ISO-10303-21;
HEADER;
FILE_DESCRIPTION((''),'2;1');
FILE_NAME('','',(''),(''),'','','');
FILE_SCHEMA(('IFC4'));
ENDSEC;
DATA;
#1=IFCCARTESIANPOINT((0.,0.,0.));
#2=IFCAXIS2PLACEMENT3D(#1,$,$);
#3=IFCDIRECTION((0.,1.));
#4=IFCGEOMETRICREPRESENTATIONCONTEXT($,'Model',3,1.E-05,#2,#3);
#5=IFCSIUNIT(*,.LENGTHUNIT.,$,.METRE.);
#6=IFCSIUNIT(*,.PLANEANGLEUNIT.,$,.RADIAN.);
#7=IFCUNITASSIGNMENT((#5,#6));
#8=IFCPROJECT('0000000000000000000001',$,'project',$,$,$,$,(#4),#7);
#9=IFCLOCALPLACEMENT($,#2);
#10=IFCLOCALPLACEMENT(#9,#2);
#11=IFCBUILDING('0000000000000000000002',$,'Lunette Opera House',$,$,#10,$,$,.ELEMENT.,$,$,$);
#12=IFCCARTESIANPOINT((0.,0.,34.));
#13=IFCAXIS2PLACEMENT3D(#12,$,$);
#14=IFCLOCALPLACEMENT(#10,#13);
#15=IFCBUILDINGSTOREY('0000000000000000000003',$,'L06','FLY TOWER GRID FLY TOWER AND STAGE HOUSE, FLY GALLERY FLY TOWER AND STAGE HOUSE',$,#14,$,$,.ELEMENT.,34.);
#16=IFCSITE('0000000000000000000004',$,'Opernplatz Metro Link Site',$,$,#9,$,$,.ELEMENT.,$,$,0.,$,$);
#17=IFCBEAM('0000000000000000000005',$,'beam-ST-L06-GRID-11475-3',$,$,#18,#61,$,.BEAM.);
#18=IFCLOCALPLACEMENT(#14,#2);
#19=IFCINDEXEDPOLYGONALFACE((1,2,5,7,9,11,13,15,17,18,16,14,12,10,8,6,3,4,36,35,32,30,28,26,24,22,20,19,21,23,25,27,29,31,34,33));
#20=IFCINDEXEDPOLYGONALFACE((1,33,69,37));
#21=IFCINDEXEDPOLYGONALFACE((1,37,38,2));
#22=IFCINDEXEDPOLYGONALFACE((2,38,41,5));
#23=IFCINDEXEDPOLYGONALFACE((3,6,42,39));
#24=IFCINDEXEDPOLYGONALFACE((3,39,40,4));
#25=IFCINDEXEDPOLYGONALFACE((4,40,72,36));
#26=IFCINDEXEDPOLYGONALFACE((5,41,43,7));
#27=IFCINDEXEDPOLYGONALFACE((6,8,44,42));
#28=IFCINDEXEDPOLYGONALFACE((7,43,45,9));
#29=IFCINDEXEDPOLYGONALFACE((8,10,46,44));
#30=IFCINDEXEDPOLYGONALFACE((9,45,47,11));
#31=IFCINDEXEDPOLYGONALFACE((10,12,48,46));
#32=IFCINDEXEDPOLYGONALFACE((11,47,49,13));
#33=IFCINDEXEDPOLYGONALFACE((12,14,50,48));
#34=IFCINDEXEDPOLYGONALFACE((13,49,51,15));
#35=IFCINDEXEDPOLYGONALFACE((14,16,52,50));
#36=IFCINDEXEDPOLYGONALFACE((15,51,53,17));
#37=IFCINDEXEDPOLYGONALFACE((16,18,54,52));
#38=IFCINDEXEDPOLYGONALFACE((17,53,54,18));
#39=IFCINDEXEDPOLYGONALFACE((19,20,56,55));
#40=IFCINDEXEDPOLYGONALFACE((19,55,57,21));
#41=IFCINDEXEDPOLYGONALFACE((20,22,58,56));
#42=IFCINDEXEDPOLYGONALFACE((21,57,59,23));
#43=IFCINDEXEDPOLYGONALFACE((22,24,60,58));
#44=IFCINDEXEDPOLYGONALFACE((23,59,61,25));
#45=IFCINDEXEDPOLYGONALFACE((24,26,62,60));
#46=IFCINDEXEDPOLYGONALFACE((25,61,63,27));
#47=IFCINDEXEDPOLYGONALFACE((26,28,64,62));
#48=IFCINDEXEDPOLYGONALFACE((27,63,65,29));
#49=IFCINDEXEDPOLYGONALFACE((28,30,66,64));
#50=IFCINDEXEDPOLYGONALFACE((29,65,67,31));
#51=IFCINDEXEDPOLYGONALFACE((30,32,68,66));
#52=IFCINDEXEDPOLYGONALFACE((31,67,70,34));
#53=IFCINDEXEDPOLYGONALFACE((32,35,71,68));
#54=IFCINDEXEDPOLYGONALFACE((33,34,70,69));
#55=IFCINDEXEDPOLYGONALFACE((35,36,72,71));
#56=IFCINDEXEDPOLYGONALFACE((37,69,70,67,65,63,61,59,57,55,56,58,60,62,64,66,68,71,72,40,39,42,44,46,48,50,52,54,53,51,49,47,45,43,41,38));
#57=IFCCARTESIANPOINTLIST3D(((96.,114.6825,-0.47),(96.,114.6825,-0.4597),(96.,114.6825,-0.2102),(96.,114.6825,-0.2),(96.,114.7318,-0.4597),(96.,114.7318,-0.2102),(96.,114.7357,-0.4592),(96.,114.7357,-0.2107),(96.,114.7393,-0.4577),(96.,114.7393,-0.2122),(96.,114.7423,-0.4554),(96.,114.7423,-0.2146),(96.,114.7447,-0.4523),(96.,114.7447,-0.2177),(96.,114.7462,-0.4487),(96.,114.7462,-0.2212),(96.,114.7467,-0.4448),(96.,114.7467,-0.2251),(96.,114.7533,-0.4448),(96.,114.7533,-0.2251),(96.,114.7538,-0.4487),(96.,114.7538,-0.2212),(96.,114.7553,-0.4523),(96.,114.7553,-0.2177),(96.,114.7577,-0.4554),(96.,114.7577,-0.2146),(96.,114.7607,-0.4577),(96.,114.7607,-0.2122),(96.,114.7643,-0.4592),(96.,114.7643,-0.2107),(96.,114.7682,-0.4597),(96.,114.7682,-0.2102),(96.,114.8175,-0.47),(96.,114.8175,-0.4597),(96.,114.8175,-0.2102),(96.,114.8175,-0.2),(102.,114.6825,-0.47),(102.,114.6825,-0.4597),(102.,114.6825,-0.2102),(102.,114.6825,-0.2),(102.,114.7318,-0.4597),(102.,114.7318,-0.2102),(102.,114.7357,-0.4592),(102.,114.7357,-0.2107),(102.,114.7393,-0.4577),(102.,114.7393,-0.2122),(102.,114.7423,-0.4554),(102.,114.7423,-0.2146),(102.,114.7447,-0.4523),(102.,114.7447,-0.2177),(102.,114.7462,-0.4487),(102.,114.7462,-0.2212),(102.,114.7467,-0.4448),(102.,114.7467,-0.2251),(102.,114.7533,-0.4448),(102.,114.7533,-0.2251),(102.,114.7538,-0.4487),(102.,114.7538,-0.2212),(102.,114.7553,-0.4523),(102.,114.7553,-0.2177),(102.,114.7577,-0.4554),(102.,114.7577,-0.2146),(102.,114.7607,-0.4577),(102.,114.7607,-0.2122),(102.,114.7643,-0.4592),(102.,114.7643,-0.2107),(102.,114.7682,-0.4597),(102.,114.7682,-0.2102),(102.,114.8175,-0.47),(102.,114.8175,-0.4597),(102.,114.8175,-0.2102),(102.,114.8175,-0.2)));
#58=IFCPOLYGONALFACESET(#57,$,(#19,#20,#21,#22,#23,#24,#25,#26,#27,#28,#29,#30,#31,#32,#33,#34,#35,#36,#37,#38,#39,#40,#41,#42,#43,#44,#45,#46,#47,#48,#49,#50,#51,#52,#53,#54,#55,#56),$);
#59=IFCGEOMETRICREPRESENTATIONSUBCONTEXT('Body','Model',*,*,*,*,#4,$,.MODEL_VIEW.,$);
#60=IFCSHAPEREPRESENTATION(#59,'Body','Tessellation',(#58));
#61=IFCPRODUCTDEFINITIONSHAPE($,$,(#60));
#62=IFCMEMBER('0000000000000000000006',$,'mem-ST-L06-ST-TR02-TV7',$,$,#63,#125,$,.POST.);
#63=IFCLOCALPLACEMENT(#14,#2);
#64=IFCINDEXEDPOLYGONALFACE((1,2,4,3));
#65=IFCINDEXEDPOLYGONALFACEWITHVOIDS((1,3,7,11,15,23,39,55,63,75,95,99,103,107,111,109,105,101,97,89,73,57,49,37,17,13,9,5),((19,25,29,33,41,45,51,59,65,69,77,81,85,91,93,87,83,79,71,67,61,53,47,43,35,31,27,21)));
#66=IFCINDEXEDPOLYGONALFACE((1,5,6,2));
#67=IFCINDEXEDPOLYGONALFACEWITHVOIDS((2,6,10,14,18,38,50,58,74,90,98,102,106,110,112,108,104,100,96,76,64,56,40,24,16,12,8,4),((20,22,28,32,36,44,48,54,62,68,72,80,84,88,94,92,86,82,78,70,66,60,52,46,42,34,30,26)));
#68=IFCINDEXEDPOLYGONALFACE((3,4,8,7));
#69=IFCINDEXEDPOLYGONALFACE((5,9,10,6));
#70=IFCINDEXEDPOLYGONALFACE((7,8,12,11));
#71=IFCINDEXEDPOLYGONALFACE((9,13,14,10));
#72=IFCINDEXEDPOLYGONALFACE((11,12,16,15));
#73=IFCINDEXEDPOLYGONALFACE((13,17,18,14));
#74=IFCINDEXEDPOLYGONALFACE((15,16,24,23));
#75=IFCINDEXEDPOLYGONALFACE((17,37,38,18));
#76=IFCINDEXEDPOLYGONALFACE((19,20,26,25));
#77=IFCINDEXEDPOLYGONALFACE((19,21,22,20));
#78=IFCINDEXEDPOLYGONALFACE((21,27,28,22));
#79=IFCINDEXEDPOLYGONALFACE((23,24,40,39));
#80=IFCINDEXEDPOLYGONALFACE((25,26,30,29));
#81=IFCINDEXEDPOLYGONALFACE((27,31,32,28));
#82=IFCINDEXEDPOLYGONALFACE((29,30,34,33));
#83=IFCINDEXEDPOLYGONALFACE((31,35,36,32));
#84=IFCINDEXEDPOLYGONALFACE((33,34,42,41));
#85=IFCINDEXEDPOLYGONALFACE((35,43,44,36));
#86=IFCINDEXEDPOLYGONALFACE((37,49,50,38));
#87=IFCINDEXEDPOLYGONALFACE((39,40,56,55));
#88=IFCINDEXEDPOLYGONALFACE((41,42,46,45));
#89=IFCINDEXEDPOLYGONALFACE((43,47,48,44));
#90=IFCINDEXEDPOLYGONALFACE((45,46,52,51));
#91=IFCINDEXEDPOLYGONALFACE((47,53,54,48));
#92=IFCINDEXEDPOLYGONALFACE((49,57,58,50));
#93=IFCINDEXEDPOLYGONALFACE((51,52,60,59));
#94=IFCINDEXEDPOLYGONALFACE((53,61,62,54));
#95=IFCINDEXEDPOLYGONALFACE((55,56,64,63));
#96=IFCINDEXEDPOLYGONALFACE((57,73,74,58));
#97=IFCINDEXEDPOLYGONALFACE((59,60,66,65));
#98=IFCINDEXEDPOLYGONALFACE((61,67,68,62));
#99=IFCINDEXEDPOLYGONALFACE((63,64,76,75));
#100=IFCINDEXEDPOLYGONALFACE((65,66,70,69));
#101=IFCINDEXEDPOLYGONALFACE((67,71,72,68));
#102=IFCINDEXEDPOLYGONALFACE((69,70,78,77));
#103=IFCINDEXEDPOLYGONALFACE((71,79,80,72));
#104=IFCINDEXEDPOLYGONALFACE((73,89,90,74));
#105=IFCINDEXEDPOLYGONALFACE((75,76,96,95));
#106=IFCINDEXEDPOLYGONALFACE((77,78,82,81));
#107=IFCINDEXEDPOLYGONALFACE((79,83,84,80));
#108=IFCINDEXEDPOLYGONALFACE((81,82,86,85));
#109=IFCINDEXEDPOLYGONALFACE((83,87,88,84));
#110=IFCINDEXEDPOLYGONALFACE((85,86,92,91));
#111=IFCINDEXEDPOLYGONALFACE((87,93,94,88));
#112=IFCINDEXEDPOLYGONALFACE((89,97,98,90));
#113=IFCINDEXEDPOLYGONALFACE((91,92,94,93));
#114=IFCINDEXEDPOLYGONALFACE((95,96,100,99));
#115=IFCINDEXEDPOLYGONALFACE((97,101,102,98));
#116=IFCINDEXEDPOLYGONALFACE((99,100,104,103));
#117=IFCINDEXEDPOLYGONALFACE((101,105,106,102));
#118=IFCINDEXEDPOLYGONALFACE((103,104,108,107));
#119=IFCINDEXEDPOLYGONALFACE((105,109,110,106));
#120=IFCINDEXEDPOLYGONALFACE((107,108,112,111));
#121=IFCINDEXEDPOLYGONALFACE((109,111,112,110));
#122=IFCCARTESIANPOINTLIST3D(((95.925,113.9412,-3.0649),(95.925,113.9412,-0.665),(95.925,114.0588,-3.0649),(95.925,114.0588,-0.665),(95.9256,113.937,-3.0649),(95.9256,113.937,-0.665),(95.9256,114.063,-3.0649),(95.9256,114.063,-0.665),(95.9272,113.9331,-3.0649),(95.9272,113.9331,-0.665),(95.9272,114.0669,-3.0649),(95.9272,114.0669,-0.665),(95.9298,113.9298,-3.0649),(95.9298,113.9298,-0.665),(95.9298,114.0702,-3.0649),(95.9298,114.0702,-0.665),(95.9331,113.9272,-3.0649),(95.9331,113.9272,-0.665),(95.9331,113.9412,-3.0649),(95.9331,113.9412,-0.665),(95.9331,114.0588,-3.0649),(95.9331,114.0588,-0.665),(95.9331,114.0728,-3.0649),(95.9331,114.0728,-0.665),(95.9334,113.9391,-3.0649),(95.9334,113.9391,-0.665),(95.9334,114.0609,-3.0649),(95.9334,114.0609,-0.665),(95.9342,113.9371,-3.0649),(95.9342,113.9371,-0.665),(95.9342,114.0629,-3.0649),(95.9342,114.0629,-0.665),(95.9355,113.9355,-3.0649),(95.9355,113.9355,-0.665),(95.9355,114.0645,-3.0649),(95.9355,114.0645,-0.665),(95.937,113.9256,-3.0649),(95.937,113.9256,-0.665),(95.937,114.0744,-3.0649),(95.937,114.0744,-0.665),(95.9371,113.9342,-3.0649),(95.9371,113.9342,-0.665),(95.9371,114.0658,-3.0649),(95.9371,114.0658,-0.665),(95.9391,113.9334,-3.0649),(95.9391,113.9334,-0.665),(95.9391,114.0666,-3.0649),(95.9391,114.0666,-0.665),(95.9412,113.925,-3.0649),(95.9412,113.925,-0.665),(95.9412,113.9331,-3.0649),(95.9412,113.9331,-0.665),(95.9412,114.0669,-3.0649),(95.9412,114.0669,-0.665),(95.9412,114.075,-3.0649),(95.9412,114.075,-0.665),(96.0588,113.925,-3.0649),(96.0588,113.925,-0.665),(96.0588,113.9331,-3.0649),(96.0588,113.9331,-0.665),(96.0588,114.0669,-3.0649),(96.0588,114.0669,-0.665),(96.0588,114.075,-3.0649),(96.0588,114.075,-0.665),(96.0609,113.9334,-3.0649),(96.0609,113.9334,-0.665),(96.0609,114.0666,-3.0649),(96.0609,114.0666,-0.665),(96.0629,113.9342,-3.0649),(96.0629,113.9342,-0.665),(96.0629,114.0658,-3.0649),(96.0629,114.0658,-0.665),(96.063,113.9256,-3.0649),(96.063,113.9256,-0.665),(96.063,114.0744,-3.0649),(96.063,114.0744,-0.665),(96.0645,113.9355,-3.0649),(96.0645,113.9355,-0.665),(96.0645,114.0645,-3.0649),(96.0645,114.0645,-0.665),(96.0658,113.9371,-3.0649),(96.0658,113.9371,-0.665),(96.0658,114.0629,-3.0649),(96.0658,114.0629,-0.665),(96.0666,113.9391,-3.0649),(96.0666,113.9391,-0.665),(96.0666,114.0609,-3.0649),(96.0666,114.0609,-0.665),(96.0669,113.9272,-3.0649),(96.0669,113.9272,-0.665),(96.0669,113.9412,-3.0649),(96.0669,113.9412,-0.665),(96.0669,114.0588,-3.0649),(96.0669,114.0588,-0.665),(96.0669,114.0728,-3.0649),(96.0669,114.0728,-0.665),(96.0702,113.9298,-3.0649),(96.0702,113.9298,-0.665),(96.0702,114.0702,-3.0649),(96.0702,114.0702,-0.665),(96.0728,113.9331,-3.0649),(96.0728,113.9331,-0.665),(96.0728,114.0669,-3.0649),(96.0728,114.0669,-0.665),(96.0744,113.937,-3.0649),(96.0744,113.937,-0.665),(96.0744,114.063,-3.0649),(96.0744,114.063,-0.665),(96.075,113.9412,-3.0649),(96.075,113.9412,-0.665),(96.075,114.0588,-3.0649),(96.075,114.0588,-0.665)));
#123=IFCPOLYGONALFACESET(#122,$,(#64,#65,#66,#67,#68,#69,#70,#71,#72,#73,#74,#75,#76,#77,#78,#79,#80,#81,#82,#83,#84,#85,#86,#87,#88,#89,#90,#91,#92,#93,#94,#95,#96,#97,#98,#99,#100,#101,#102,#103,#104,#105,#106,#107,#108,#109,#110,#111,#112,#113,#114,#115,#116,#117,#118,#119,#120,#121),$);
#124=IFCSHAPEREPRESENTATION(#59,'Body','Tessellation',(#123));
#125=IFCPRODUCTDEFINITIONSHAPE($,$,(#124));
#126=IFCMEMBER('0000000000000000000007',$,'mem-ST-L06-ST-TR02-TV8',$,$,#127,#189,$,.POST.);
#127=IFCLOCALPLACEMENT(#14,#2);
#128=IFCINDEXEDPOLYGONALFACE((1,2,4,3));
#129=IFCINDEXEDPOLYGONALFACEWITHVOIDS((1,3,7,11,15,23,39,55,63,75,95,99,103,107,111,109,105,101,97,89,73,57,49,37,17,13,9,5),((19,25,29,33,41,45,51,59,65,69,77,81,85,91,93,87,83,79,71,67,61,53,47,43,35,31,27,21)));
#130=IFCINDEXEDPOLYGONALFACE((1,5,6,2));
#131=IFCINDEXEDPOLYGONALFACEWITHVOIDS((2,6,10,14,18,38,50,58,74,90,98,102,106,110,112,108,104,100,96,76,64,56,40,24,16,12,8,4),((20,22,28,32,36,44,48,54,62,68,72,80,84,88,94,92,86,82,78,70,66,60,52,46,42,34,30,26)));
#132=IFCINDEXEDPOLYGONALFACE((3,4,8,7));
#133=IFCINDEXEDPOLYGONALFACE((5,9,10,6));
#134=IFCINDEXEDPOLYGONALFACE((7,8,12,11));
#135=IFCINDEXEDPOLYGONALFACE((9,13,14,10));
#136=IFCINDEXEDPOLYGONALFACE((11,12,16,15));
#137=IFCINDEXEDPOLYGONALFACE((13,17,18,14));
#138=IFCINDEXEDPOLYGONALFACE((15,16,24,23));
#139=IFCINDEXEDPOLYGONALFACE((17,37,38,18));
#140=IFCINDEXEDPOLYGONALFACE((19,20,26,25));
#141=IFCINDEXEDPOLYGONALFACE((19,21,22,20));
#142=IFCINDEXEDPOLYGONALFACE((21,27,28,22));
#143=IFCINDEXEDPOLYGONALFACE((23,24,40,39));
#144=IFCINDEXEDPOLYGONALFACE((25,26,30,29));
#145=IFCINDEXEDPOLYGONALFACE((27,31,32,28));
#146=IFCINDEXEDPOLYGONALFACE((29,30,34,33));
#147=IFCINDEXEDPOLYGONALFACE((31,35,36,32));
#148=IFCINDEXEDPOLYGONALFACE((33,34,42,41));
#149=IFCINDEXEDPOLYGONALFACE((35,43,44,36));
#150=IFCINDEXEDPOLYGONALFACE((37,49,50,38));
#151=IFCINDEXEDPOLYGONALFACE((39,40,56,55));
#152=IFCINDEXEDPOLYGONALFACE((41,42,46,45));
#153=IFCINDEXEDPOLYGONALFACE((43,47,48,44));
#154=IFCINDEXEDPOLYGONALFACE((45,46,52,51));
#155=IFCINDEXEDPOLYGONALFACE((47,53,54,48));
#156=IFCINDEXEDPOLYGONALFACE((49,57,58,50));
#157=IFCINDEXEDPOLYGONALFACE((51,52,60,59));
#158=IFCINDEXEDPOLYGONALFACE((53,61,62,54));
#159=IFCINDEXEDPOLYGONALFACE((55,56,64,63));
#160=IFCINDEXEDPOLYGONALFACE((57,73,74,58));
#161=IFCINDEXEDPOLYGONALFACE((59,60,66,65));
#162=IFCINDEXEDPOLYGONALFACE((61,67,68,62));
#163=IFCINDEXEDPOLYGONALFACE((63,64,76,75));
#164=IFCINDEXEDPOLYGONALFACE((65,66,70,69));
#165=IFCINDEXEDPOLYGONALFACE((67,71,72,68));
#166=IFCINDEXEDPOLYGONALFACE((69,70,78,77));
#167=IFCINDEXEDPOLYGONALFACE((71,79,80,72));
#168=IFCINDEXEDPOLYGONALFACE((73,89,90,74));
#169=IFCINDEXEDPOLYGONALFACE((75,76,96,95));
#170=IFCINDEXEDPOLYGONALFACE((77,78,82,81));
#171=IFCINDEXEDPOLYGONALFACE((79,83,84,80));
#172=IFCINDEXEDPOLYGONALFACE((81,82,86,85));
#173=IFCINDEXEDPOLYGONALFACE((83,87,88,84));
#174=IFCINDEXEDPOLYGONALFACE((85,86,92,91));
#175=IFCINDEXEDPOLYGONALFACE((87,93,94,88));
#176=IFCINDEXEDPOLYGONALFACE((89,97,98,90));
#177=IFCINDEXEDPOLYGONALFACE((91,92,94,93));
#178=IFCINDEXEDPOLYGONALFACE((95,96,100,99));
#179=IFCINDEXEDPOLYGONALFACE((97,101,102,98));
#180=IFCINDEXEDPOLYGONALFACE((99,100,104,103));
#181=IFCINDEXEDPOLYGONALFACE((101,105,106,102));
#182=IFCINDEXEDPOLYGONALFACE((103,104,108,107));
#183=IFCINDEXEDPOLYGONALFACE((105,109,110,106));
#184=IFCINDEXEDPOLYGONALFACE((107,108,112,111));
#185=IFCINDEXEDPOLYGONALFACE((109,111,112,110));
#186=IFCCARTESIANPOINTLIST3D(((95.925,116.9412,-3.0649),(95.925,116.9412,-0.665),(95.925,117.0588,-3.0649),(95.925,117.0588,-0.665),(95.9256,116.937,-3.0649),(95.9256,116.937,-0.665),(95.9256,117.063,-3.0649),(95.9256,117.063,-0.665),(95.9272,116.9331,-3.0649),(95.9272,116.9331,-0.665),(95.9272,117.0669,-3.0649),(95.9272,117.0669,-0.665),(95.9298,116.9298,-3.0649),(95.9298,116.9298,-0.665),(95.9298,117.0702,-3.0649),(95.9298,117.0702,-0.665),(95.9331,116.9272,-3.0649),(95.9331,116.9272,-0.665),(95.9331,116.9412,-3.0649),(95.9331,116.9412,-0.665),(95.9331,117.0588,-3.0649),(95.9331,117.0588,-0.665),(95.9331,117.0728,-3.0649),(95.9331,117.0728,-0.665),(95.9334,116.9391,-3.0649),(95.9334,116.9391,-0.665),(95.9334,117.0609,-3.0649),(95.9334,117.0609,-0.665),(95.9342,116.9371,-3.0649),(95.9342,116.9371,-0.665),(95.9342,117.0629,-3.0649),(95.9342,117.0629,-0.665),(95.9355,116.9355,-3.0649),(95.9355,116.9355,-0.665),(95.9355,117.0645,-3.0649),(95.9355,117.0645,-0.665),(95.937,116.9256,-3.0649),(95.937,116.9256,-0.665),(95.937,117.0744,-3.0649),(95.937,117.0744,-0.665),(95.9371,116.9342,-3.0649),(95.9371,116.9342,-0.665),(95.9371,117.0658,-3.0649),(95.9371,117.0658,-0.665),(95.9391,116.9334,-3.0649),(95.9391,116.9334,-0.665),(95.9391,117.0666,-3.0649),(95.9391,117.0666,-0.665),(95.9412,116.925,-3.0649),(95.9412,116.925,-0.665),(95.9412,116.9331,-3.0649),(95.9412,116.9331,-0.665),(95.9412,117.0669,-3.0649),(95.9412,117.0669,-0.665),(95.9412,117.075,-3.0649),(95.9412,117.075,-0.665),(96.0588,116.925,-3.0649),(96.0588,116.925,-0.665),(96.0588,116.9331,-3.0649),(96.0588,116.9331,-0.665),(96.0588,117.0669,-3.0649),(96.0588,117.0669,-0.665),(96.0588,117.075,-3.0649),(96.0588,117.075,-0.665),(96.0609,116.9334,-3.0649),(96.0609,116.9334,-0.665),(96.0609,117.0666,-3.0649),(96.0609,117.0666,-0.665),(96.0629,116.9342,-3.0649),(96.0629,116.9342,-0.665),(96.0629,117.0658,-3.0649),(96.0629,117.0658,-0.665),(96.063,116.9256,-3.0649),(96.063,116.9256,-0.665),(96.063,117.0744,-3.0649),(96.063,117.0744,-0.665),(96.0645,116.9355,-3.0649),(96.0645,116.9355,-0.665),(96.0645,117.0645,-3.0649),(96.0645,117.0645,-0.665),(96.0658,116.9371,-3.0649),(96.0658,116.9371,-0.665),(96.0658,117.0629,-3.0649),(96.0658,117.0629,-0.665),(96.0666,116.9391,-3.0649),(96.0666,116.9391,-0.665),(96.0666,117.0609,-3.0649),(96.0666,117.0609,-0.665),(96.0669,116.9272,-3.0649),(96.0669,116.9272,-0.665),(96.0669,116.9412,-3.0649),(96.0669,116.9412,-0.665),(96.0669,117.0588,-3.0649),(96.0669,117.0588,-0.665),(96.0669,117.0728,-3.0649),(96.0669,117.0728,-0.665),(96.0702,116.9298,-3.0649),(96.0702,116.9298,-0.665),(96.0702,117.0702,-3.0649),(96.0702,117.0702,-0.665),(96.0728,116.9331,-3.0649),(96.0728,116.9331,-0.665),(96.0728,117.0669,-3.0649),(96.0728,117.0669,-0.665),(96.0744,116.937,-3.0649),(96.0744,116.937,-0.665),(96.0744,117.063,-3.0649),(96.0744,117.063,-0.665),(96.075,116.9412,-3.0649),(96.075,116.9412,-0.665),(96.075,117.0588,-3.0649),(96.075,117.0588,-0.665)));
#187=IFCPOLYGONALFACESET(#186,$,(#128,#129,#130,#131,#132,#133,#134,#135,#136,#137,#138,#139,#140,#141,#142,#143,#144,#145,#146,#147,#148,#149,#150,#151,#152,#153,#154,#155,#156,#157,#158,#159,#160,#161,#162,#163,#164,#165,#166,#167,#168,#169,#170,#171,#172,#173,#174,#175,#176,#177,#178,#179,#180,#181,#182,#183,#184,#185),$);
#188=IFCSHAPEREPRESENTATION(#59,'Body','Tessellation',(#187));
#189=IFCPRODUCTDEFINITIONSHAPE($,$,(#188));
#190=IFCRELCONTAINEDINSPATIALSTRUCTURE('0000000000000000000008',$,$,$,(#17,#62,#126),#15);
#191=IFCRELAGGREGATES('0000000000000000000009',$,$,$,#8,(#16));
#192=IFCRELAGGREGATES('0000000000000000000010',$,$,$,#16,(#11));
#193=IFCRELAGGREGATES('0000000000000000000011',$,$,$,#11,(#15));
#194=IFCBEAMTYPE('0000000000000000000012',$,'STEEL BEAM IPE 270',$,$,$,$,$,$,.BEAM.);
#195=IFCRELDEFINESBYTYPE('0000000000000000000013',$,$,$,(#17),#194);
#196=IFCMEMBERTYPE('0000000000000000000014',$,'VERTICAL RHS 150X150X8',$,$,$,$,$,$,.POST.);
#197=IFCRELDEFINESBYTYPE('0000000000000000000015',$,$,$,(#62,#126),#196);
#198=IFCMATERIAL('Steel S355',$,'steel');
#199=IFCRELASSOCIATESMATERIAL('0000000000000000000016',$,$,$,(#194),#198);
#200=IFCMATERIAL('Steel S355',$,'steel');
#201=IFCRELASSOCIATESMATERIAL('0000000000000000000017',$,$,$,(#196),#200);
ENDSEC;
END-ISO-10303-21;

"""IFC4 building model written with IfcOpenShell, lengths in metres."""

from ifc_helpers import new_model, si_unit, direction, frame, origin, origin_2d, place, context, subcontext, project, spatial, hollow_rectangle, i_section, extrude, material, material_profile, profile_set, type_object, element, save


model = new_model("IFC4")

# Units and contexts
model_context = context("Model", 3, precision=1e-05, world=origin(), true_north=direction((0.0, 1.0)))
body_context = subcontext(model_context, "Body", "Model", "MODEL_VIEW")
ifc_project = project(units=[si_unit("LENGTHUNIT", "METRE"), si_unit("PLANEANGLEUNIT", "RADIAN")], contexts=[model_context])

# Site, building, storey
site_placement = place(None, origin())
site = spatial("IfcSite", under=ifc_project, at=site_placement, Name="Opernplatz Metro Link Site", CompositionType="ELEMENT", RefElevation=0.0)
building_placement = place(site_placement, origin())
building = spatial("IfcBuilding", under=site, at=building_placement, Name="Lunette Opera House", CompositionType="ELEMENT")
storey_placement = place(building_placement, frame((0.0, 0.0, 34.0)))
storey = spatial("IfcBuildingStorey", under=building, at=storey_placement, Name="L06", Description="FLY TOWER GRID FLY TOWER AND STAGE HOUSE, FLY GALLERY FLY TOWER AND STAGE HOUSE", CompositionType="ELEMENT", Elevation=34.0)

# Beam
ifc_material_1 = material(Name="Steel S355", Category="steel")
ifc_material_profile_1 = material_profile(ifc_material_1, i_section(OverallWidth=0.135, OverallDepth=0.27, WebThickness=0.0066, FlangeThickness=0.0103, FilletRadius=0.0149, at=origin_2d()), Name="IPE 270")
ifc_profile_set_1 = profile_set([ifc_material_profile_1], Name="Steel S355")
beam_type = type_object("IfcBeamType", Name="STEEL BEAM IPE 270", PredefinedType="BEAM", material=ifc_profile_set_1)
for number, where, z_axis, x_axis, name in (
    (1, (96.0, 114.75, -0.335), (1.0, 0.0, 0.0), (0.0, 1.0, 0.0), "beam-ST-L06-GRID-11475-3"),
):
    element("IfcBeam", number, at=place(storey_placement, frame(where, z_axis=z_axis, x_axis=x_axis)), inside=storey, type_object=beam_type, Name=name, PredefinedType="BEAM", context=body_context, shape_type="SweptSolid", body=[
        extrude(i_section(OverallWidth=0.135, OverallDepth=0.27, WebThickness=0.0066, FlangeThickness=0.0103, FilletRadius=0.0149, at=origin_2d()), origin(), (0.0, 0.0, 1.0), 6.0),
    ])

# Members
ifc_material_2 = material(Name="Steel S355", Category="steel")
ifc_material_profile_2 = material_profile(ifc_material_2, hollow_rectangle(XDim=0.1499, YDim=0.1499, WallThickness=0.0081, InnerFilletRadius=0.0081, OuterFilletRadius=0.0161, at=origin_2d()), Name="RHS 150X150X8")
ifc_profile_set_2 = profile_set([ifc_material_profile_2], Name="Steel S355")
member_type_1 = type_object("IfcMemberType", Name="VERTICAL RHS 150X150X8", PredefinedType="POST", material=ifc_profile_set_2)
for number, where, z_axis, x_axis, name in (
    (2, (96.0, 114.0, -3.0649), (0.0, 0.0, 1.0), (1.0, 0.0, 0.0), "mem-ST-L06-ST-TR02-TV7"),
    (3, (96.0, 117.0, -3.0649), (0.0, 0.0, 1.0), (1.0, 0.0, 0.0), "mem-ST-L06-ST-TR02-TV8"),
):
    element("IfcMember", number, at=place(storey_placement, frame(where, z_axis=z_axis, x_axis=x_axis)), inside=storey, type_object=member_type_1, Name=name, PredefinedType="POST", context=body_context, shape_type="SweptSolid", body=[
        extrude(hollow_rectangle(XDim=0.1499, YDim=0.1499, WallThickness=0.0081, InnerFilletRadius=0.0081, OuterFilletRadius=0.0161, at=origin_2d()), origin(), (0.0, 0.0, 1.0), 2.3999),
    ])

save(model, "model.ifc")
